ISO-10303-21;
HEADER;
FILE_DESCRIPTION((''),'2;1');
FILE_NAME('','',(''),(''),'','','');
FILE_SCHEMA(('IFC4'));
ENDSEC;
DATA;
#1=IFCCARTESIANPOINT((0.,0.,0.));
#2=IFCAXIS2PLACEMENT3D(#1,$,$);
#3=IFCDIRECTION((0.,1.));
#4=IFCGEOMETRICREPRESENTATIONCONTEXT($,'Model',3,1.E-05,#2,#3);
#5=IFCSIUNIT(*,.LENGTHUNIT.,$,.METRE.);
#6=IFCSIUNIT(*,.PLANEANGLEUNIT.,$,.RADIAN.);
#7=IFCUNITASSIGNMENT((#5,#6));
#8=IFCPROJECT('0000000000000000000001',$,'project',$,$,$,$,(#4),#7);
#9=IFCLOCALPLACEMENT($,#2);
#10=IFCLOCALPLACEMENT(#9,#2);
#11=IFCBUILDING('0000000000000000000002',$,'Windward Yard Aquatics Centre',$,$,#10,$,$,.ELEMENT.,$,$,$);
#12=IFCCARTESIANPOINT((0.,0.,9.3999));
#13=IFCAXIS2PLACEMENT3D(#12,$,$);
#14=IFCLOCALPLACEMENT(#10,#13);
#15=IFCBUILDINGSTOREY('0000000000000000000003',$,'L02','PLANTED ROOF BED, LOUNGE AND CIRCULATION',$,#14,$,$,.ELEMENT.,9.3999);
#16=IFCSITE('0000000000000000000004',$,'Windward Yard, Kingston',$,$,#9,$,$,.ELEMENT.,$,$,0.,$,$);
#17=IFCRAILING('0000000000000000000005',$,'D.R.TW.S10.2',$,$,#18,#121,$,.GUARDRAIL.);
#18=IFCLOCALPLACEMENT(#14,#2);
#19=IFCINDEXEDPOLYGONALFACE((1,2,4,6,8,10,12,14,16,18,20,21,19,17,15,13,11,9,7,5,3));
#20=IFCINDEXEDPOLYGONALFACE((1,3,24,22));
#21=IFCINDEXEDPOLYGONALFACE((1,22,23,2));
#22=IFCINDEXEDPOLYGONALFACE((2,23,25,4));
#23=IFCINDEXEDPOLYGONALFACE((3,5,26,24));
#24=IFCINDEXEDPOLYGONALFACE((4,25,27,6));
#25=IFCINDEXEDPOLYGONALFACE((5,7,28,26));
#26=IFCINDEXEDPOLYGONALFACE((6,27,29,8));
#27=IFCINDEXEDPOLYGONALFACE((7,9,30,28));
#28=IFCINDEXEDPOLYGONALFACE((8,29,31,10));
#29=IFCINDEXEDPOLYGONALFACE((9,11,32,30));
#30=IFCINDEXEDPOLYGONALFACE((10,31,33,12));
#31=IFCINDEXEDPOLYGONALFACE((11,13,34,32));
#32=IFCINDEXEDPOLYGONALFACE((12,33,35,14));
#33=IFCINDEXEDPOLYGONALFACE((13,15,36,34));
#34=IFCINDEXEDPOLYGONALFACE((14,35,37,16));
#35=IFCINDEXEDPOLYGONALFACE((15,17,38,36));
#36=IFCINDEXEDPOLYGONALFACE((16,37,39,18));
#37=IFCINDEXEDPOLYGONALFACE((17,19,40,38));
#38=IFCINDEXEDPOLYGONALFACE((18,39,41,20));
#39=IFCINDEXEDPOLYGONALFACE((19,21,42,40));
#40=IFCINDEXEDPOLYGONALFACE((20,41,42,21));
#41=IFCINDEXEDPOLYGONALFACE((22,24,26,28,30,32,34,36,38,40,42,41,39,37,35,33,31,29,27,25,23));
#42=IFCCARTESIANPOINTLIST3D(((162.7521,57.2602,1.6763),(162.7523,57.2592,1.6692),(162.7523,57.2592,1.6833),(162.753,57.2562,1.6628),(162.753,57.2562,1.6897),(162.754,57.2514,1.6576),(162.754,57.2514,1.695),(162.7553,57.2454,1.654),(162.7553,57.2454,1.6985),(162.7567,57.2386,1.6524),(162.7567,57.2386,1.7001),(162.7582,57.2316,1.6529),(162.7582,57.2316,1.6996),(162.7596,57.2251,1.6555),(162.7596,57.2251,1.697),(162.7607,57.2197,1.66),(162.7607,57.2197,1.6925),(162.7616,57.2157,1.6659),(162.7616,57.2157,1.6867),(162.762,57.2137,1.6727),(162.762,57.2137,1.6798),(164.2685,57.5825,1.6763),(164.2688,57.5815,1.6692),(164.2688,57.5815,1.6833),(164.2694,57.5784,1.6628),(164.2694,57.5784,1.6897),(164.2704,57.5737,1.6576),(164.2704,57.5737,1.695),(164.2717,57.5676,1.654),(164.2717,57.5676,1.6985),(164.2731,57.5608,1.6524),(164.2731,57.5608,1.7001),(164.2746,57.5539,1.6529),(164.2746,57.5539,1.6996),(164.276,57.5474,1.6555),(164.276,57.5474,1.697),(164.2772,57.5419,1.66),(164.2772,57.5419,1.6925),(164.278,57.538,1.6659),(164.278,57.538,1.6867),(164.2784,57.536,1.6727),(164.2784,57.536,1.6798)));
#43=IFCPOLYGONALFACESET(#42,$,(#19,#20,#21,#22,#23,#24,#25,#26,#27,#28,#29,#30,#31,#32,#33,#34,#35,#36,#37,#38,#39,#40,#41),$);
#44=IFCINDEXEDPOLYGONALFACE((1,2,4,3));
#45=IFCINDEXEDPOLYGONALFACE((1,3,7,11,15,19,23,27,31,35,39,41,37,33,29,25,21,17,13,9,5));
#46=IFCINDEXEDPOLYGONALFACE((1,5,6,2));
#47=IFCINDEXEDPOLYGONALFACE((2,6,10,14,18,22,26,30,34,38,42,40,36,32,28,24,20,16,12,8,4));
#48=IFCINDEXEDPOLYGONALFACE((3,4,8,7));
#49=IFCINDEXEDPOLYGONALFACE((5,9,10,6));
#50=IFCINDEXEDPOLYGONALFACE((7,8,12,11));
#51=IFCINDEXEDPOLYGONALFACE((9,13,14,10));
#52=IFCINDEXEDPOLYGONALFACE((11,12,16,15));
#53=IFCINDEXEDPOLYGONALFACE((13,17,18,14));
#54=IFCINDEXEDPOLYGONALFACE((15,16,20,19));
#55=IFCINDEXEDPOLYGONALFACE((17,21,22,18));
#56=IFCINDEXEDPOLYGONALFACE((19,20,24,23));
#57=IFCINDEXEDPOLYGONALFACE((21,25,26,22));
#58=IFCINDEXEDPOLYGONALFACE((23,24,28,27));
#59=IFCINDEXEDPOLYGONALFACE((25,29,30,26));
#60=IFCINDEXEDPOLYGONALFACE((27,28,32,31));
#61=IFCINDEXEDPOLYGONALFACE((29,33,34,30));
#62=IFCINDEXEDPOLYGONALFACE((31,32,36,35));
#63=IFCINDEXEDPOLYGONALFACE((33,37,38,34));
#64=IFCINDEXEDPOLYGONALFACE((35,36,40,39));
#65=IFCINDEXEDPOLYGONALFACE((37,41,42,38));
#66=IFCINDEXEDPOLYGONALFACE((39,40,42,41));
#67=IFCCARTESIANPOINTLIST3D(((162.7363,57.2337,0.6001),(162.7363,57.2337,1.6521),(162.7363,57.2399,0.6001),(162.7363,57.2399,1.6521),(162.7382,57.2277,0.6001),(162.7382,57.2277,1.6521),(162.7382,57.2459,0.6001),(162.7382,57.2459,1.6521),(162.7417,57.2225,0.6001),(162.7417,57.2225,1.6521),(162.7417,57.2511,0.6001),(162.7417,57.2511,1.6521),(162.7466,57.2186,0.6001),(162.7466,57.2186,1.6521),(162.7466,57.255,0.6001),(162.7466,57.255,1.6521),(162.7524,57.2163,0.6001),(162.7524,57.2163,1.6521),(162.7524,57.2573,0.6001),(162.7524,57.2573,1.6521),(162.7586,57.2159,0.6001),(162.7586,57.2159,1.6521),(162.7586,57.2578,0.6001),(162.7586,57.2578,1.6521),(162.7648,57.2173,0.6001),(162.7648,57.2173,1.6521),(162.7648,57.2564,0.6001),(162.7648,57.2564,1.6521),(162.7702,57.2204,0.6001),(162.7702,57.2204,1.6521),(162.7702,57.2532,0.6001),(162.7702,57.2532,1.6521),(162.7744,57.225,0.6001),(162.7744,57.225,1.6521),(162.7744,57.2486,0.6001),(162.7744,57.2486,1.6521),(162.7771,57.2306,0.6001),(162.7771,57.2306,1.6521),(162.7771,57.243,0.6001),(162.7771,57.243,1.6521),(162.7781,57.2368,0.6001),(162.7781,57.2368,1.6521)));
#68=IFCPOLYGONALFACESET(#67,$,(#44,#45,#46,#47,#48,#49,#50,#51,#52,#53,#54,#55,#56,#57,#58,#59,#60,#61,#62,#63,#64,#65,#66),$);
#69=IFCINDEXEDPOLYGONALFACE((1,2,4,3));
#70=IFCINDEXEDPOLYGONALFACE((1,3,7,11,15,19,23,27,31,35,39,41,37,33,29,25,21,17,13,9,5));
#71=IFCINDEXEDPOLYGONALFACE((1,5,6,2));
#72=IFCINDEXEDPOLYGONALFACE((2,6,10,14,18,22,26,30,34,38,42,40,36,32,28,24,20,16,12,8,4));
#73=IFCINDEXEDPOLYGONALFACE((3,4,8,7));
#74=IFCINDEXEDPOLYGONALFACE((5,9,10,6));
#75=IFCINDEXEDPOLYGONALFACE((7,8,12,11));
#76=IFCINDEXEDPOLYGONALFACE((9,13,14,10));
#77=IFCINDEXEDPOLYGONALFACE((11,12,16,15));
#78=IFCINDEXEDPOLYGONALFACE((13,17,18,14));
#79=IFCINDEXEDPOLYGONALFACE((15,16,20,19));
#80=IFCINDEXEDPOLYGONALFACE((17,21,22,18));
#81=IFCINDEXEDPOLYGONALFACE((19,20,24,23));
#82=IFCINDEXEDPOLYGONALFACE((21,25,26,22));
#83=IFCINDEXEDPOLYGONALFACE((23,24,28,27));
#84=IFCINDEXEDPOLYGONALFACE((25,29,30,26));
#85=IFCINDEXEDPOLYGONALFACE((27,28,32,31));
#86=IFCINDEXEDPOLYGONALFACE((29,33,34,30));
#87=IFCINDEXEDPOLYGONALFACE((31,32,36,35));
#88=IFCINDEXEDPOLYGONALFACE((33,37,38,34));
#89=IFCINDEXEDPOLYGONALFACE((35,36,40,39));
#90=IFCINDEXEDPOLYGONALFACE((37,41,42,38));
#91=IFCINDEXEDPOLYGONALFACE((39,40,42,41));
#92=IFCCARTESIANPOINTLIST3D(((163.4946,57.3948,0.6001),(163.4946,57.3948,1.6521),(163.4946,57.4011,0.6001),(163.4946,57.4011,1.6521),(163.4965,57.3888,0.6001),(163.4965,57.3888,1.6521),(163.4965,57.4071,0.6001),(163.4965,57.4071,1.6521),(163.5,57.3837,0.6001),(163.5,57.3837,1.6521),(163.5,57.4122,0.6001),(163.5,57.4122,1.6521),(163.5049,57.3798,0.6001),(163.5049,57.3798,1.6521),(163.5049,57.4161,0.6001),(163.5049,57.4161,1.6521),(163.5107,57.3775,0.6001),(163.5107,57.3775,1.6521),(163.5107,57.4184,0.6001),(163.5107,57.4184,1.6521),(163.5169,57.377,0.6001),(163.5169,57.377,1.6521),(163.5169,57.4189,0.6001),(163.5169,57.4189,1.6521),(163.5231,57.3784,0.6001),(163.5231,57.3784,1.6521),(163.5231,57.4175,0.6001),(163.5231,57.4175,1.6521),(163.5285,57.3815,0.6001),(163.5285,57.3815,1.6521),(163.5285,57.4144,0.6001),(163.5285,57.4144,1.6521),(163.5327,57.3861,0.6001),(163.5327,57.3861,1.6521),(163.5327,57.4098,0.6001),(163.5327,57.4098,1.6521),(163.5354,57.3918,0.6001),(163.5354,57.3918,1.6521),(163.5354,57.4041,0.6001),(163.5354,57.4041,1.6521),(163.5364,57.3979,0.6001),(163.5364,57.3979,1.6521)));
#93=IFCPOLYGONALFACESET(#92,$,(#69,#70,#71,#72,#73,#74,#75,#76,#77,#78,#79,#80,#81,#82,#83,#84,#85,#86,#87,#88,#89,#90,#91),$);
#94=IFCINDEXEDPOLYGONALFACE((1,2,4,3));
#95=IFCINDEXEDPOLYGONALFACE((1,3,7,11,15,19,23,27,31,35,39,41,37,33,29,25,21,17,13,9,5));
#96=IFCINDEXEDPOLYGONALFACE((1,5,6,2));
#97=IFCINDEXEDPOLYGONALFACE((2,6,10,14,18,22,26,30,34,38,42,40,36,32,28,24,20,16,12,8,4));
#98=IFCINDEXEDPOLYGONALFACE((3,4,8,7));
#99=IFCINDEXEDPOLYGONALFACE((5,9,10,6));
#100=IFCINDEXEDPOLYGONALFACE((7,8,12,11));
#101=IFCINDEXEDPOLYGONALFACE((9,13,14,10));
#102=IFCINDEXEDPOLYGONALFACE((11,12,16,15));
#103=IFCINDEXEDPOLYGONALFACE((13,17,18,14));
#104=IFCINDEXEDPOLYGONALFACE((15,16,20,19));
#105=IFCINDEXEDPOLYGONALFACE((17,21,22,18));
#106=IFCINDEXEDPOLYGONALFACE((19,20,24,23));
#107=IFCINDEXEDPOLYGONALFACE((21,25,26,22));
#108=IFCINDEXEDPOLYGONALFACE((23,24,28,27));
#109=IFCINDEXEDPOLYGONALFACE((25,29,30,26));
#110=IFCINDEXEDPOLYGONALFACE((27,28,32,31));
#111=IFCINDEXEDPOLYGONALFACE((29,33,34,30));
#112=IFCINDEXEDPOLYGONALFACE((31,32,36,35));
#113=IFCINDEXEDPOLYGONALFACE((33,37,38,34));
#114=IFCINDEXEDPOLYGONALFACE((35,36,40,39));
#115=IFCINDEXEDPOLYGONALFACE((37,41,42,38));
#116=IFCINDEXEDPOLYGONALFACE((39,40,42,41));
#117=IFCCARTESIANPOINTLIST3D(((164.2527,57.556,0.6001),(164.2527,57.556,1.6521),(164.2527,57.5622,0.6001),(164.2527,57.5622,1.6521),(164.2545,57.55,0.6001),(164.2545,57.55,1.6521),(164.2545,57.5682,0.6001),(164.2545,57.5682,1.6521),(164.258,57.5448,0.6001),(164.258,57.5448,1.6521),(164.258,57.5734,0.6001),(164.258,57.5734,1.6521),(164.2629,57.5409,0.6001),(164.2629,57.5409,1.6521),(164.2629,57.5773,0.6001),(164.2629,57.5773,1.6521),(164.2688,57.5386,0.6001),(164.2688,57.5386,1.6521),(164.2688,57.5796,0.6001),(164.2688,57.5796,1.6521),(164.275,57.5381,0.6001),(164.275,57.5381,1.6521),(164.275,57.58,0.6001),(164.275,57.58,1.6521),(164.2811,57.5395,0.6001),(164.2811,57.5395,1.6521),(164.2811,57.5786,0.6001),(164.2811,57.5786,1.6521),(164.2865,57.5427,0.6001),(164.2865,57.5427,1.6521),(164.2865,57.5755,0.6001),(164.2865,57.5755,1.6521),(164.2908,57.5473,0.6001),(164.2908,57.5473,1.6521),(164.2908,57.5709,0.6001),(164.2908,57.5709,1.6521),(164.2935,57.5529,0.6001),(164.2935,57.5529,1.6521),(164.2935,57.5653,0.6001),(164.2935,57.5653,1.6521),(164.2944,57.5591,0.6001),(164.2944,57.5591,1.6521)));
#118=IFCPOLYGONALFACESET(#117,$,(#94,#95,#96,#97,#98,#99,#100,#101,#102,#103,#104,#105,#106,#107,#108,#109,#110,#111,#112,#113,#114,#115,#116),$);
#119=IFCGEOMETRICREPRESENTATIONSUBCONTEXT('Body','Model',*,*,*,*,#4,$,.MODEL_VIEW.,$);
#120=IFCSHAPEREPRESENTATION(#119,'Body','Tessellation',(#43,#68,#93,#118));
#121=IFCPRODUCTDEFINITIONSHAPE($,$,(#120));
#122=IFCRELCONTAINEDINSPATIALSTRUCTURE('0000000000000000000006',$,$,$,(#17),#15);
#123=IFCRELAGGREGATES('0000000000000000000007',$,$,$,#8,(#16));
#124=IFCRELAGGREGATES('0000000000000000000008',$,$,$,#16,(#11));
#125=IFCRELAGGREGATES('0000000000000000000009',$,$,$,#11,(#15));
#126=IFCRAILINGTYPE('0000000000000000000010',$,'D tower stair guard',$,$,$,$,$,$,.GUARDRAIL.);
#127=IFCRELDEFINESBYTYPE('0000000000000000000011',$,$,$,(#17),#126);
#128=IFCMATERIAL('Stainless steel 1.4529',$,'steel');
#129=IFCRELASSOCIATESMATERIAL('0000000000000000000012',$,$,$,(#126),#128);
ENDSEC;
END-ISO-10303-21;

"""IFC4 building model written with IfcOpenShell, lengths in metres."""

from ifc_helpers import new_model, si_unit, direction, frame, origin, origin_2d, place, context, subcontext, project, spatial, circle, extrude, material, type_object, element, save


model = new_model("IFC4")

# Units and contexts
model_context = context("Model", 3, precision=1e-05, world=origin(), true_north=direction((0.0, 1.0)))
body_context = subcontext(model_context, "Body", "Model", "MODEL_VIEW")
ifc_project = project(units=[si_unit("LENGTHUNIT", "METRE"), si_unit("PLANEANGLEUNIT", "RADIAN")], contexts=[model_context])

# Site, building, storey
site_placement = place(None, origin())
site = spatial("IfcSite", under=ifc_project, at=site_placement, Name="Windward Yard, Kingston", CompositionType="ELEMENT", RefElevation=0.0)
building_placement = place(site_placement, origin())
building = spatial("IfcBuilding", under=site, at=building_placement, Name="Windward Yard Aquatics Centre", CompositionType="ELEMENT")
storey_placement = place(building_placement, frame((0.0, 0.0, 9.3999)))
storey = spatial("IfcBuildingStorey", under=building, at=storey_placement, Name="L02", Description="PLANTED ROOF BED, LOUNGE AND CIRCULATION", CompositionType="ELEMENT", Elevation=9.3999)

# Railing
ifc_material_1 = material(Name="Stainless steel 1.4529", Category="steel")
railing_type = type_object("IfcRailingType", Name="D tower stair guard", PredefinedType="GUARDRAIL", material=ifc_material_1)
railing_1_placement = place(storey_placement, frame((162.7571, 57.2368, 0.6001)))
element("IfcRailing", 1, at=railing_1_placement, inside=storey, type_object=railing_type, Name="D.R.TW.S10.2", PredefinedType="GUARDRAIL", context=body_context, shape_type="SweptSolid", body=[
    extrude(circle(Radius=0.0239, at=origin_2d()), frame((0.0, 0.0, 1.0762), z_axis=(0.978154, 0.207883, 0.0), x_axis=(-0.207883, 0.978154, 0.0)), (0.0, 0.0, 1.0), 1.5503),
    extrude(circle(Radius=0.021, at=origin_2d()), origin(), (0.0, 0.0, 1.0), 1.052),
    extrude(circle(Radius=0.021, at=origin_2d()), frame((0.7583, 0.1611, 0.0)), (0.0, 0.0, 1.0), 1.052),
    extrude(circle(Radius=0.021, at=origin_2d()), frame((1.5164, 0.3223, 0.0)), (0.0, 0.0, 1.0), 1.052),
])

save(model, "model.ifc")
